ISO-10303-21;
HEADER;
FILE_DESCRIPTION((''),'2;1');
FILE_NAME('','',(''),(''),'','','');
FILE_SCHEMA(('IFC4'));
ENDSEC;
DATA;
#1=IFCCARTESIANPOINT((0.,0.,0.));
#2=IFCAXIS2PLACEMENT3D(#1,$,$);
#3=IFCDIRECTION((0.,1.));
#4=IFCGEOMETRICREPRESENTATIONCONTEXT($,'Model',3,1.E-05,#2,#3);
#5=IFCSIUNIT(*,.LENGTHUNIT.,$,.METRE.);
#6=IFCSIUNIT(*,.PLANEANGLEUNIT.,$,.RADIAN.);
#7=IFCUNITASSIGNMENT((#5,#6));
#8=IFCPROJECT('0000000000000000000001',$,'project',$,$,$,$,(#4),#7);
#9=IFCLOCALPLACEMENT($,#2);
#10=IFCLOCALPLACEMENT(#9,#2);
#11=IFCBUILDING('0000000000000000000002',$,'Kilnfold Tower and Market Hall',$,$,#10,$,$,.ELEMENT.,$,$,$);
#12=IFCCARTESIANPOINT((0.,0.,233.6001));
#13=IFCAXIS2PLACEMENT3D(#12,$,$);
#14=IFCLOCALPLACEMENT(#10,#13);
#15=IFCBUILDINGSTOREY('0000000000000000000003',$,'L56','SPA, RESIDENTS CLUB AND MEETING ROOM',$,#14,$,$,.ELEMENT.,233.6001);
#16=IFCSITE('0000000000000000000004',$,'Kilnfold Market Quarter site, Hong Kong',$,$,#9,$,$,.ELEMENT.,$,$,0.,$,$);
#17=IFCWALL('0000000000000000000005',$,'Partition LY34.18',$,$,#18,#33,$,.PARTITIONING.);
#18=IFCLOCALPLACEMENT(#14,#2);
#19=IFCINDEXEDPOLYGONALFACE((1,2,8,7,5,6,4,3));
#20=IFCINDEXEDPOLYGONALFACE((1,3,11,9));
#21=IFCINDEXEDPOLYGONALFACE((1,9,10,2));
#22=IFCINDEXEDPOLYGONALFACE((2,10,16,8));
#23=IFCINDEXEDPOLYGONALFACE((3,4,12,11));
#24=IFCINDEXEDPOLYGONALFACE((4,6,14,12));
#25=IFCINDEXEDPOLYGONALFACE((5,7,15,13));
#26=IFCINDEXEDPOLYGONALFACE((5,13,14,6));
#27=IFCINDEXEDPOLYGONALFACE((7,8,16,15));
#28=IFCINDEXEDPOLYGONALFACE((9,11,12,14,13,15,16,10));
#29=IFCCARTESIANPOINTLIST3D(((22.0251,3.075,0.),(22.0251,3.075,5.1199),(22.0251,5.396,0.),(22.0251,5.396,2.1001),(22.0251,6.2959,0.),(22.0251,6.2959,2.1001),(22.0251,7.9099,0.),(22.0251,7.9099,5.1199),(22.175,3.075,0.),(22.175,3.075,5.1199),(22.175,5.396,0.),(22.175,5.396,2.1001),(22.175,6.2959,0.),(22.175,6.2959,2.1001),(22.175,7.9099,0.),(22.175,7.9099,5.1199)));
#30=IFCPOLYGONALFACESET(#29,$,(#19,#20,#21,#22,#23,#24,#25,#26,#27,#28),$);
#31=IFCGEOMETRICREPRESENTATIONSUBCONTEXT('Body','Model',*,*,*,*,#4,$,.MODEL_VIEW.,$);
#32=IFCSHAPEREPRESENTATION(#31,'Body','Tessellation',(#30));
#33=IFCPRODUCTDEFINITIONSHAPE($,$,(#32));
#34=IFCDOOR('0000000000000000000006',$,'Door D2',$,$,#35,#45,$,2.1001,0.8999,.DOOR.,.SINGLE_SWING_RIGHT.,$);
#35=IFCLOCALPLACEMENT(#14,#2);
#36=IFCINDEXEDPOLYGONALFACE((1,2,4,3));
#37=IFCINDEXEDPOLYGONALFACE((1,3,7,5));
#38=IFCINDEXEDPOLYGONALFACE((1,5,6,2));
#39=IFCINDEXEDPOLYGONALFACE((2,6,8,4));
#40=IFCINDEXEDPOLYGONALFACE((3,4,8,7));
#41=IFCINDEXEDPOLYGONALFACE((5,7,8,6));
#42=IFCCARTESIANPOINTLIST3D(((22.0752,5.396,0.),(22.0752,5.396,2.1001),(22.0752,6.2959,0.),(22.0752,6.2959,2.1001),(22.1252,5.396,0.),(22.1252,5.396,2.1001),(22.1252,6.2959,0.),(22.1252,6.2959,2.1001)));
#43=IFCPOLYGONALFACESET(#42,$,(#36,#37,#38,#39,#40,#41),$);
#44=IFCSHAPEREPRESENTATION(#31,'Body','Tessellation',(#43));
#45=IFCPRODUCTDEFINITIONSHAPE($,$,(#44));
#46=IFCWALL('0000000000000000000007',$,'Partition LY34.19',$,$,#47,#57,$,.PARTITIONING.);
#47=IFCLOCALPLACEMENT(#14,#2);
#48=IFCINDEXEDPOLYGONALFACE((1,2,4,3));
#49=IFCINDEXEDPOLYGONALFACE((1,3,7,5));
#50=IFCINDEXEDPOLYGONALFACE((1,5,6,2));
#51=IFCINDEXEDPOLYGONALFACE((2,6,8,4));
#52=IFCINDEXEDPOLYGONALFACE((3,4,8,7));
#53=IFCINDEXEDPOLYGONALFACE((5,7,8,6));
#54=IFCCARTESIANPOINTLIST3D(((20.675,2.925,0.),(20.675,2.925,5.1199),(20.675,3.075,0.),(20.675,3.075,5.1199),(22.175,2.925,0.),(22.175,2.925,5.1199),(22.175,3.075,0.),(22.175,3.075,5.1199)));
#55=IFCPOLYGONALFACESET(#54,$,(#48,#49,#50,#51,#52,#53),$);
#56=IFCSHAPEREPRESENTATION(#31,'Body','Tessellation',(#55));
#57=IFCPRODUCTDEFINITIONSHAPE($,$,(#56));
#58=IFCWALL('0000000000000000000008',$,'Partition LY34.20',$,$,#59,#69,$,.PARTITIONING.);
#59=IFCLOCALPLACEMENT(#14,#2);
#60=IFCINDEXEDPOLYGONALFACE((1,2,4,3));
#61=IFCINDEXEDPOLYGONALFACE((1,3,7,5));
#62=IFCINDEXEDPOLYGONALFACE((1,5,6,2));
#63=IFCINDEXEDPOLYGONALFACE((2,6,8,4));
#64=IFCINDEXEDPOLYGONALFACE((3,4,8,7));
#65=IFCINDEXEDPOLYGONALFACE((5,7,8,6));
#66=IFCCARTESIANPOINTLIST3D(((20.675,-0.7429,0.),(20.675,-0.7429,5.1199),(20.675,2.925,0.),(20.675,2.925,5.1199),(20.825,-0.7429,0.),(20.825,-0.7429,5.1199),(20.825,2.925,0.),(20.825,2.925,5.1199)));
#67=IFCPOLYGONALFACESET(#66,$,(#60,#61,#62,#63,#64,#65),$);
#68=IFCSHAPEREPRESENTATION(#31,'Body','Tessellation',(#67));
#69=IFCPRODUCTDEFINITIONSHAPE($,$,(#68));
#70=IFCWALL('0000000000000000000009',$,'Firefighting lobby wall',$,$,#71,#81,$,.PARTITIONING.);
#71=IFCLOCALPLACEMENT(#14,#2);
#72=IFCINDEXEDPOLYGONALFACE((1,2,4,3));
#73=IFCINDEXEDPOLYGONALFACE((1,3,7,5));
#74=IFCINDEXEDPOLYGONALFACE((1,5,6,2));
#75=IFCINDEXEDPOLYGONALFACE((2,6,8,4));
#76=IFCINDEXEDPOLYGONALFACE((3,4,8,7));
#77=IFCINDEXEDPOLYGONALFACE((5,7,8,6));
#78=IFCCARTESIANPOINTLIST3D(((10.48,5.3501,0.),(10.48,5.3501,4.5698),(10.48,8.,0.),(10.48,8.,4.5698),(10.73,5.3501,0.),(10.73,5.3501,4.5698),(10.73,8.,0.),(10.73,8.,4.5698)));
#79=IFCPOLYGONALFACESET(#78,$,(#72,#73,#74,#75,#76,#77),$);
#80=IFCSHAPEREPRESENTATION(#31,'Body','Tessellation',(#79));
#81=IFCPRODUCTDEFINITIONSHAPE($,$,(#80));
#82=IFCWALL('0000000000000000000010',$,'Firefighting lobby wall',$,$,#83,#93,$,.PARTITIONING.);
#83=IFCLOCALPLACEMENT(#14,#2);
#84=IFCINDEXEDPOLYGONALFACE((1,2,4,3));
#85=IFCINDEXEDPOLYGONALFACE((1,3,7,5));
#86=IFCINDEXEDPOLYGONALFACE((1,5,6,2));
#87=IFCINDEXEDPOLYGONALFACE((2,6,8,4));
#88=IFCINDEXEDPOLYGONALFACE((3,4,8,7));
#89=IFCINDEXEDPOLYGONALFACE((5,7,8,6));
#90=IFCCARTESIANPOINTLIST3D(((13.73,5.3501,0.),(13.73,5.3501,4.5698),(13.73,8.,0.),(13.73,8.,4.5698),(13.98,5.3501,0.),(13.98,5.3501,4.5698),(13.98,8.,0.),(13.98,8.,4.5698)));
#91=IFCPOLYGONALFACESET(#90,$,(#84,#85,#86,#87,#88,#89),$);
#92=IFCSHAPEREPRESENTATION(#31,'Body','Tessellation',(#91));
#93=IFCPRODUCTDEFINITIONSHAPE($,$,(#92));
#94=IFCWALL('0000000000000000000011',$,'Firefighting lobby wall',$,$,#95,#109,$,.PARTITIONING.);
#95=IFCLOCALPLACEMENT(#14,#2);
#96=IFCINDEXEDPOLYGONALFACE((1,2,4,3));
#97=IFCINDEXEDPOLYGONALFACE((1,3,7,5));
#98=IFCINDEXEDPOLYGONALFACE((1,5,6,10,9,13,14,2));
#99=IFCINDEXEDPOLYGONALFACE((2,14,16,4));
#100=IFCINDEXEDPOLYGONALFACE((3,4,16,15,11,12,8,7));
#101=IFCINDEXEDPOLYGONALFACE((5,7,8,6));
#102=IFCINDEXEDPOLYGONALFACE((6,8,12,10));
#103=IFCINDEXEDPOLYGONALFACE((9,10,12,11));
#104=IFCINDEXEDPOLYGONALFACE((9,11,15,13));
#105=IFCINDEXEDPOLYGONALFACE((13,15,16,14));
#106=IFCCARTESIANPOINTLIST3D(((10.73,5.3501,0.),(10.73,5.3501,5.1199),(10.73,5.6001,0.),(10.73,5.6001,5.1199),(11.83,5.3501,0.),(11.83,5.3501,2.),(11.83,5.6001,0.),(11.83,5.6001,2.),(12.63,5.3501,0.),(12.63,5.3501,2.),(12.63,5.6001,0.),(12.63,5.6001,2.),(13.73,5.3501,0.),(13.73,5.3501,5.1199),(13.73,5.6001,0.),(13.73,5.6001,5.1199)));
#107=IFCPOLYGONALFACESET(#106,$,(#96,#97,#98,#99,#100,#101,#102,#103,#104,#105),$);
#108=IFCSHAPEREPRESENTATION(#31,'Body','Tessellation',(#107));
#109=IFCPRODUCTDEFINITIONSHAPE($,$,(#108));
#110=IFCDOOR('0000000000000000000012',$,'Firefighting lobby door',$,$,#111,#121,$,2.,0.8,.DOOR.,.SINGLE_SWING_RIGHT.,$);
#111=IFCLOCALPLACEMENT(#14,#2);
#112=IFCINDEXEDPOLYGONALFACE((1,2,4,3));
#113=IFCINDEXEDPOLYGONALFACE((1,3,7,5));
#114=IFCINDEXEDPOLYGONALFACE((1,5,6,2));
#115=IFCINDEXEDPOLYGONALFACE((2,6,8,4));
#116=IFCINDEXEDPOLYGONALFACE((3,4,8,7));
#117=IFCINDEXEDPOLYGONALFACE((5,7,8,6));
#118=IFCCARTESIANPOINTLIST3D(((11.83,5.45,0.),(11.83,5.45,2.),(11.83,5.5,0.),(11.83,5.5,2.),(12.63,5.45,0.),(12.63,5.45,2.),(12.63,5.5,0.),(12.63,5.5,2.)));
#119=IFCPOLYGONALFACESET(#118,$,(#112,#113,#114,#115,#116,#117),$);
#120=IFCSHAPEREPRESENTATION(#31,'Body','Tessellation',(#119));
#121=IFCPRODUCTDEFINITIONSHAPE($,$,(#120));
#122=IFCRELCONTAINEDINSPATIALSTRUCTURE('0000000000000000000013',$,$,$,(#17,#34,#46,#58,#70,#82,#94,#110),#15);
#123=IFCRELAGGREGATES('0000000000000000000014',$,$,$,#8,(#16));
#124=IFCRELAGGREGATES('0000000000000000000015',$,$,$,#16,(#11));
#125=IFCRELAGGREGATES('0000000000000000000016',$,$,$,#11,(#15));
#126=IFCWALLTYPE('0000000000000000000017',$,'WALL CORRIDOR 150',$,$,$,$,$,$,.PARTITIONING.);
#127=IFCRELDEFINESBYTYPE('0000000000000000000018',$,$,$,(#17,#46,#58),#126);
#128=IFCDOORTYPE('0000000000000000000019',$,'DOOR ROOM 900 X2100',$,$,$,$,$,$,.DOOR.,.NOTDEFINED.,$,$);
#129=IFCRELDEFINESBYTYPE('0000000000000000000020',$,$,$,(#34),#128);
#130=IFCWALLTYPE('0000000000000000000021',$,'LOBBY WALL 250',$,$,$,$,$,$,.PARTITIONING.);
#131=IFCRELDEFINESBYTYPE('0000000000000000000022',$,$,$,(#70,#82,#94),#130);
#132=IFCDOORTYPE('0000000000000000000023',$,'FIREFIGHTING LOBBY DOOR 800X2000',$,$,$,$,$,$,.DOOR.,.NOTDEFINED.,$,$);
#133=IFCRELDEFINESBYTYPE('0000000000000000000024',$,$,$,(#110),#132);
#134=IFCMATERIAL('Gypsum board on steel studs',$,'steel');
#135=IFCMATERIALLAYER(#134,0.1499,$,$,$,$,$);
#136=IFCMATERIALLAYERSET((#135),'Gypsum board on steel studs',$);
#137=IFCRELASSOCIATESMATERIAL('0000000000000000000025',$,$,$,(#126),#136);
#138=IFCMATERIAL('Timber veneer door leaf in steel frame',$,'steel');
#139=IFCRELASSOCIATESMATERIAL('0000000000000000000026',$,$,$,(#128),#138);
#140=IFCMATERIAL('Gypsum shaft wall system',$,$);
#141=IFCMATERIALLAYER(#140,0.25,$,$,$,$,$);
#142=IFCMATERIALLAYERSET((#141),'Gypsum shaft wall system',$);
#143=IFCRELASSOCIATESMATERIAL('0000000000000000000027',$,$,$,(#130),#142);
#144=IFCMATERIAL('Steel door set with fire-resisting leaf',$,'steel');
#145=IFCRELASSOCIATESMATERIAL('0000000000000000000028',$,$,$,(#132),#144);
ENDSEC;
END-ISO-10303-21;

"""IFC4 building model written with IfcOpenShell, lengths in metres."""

from ifc_helpers import new_model, si_unit, direction, frame, frame_2d, origin, place, context, subcontext, project, spatial, rectangle, extrude, source, transform, mapped, material, layer, layer_set, type_object, element, fill, save


model = new_model("IFC4")

# Units and contexts
model_context = context("Model", 3, precision=1e-05, world=origin(), true_north=direction((0.0, 1.0)))
body_context = subcontext(model_context, "Body", "Model", "MODEL_VIEW")
ifc_project = project(units=[si_unit("LENGTHUNIT", "METRE"), si_unit("PLANEANGLEUNIT", "RADIAN")], contexts=[model_context])

# Site, building, storey
site_placement = place(None, origin())
site = spatial("IfcSite", under=ifc_project, at=site_placement, Name="Kilnfold Market Quarter site, Hong Kong", CompositionType="ELEMENT", RefElevation=0.0)
building_placement = place(site_placement, origin())
building = spatial("IfcBuilding", under=site, at=building_placement, Name="Kilnfold Tower and Market Hall", CompositionType="ELEMENT")
storey_placement = place(building_placement, frame((0.0, 0.0, 233.6001)))
storey = spatial("IfcBuildingStorey", under=building, at=storey_placement, Name="L56", Description="SPA, RESIDENTS CLUB AND MEETING ROOM", CompositionType="ELEMENT", Elevation=233.6001)

# Shared definitions
ifc_material_1 = material(Name="Gypsum board on steel studs", Category="steel")
ifc_layer_1 = layer(ifc_material_1, 0.1499)
ifc_layer_set_1 = layer_set([ifc_layer_1], Name="Gypsum board on steel studs")
wall_type_1 = type_object("IfcWallType", Name="WALL CORRIDOR 150", PredefinedType="PARTITIONING", material=ifc_layer_set_1)

# Wall, opening, door
wall_1_placement = place(storey_placement, frame((22.1001, 3.075, 0.0), z_axis=(0.0, 0.0, 1.0), x_axis=(0.0, 1.0, 0.0)))
wall_1 = element("IfcWall", 1, at=wall_1_placement, inside=storey, type_object=wall_type_1, Name="Partition LY34.18", PredefinedType="PARTITIONING", context=body_context, shape_type="SweptSolid", body=[
    extrude(rectangle(XDim=4.835, YDim=0.1499, at=frame_2d((2.4175, 0.0))), origin(), (0.0, 0.0, 1.0), 5.1199),
])
opening_1_placement = place(wall_1_placement, frame((2.321, 0.0, 0.0)))
opening_1 = element("IfcOpeningElement", 2, at=opening_1_placement, cuts=wall_1, PredefinedType="OPENING", context=body_context, shape_type="SweptSolid", body=[
    extrude(rectangle(XDim=0.8999, YDim=2.1001, at=frame_2d((0.45, 1.05))), frame((0.0, 0.085, 0.0), z_axis=(0.0, -1.0, 0.0), x_axis=(1.0, 0.0, 0.0)), (0.0, 0.0, 1.0), 0.1699),
])
ifc_material_2 = material(Name="Timber veneer door leaf in steel frame", Category="steel")
door_type_1 = type_object("IfcDoorType", Name="DOOR ROOM 900 X2100", OperationType="NOTDEFINED", PredefinedType="DOOR", material=ifc_material_2)
door_1_placement = place(opening_1_placement, origin())
door_1 = element("IfcDoor", 3, at=door_1_placement, inside=storey, type_object=door_type_1, Name="Door D2", OperationType="SINGLE_SWING_RIGHT", OverallHeight=2.1001, OverallWidth=0.8999, PredefinedType="DOOR", context=body_context, shape_type="SweptSolid", body=[
    extrude(rectangle(XDim=0.8999, YDim=2.1001, at=frame_2d((0.45, 1.05))), frame((0.0, 0.0249, 0.0), z_axis=(0.0, -1.0, 0.0), x_axis=(1.0, 0.0, 0.0)), (0.0, 0.0, 1.0), 0.05),
])
fill(opening_1, door_1)

# Walls
wall_2_placement = place(storey_placement, frame((20.675, 3.0, 0.0), z_axis=(0.0, 0.0, 1.0), x_axis=(1.0, 0.0, 0.0)))
element("IfcWall", 4, at=wall_2_placement, inside=storey, type_object=wall_type_1, Name="Partition LY34.19", PredefinedType="PARTITIONING", context=body_context, shape_type="SweptSolid", body=[
    extrude(rectangle(XDim=1.5, YDim=0.1499, at=frame_2d((0.75, 0.0))), origin(), (0.0, 0.0, 1.0), 5.1199),
])
wall_3_placement = place(storey_placement, frame((20.75, -0.7429, 0.0), z_axis=(0.0, 0.0, 1.0), x_axis=(0.0, 1.0, 0.0)))
element("IfcWall", 5, at=wall_3_placement, inside=storey, type_object=wall_type_1, Name="Partition LY34.20", PredefinedType="PARTITIONING", context=body_context, shape_type="SweptSolid", body=[
    extrude(rectangle(XDim=3.668, YDim=0.1499, at=frame_2d((1.834, 0.0))), origin(), (0.0, 0.0, 1.0), 5.1199),
])
ifc_material_3 = material(Name="Gypsum shaft wall system")
ifc_layer_2 = layer(ifc_material_3, 0.25)
ifc_layer_set_2 = layer_set([ifc_layer_2], Name="Gypsum shaft wall system")
wall_type_2 = type_object("IfcWallType", Name="LOBBY WALL 250", PredefinedType="PARTITIONING", material=ifc_layer_set_2)
shared_shape_1 = source(origin(), body_context, "Body", "SweptSolid", [
    extrude(rectangle(XDim=2.6499, YDim=0.25, at=frame_2d((1.325, 0.0))), origin(), (0.0, 0.0, 1.0), 4.5698),
])
for number, where, z_axis, x_axis, name in (
    (6, (10.605, 5.3501, 0.0), (0.0, 0.0, 1.0), (0.0, 1.0, 0.0), "Firefighting lobby wall"),
    (7, (13.855, 5.3501, 0.0), (0.0, 0.0, 1.0), (0.0, 1.0, 0.0), "Firefighting lobby wall"),
):
    element("IfcWall", number, at=place(storey_placement, frame(where, z_axis=z_axis, x_axis=x_axis)), inside=storey, type_object=wall_type_2, Name=name, PredefinedType="PARTITIONING", context=body_context, shape_type="MappedRepresentation", body=[
        mapped(shared_shape_1, transform((0.0, 0.0, 0.0))),
    ])

# Wall, opening, door
shared_shape_2 = source(origin(), body_context, "Body", "SweptSolid", [
    extrude(rectangle(XDim=3.0, YDim=0.25, at=frame_2d((1.5, 0.0))), origin(), (0.0, 0.0, 1.0), 5.1199),
])
wall_4_placement = place(storey_placement, frame((10.73, 5.4751, 0.0), z_axis=(0.0, 0.0, 1.0), x_axis=(1.0, 0.0, 0.0)))
wall_4 = element("IfcWall", 8, at=wall_4_placement, inside=storey, type_object=wall_type_2, Name="Firefighting lobby wall", PredefinedType="PARTITIONING", context=body_context, shape_type="MappedRepresentation", body=[
    mapped(shared_shape_2, transform((0.0, 0.0, 0.0))),
])
opening_2_placement = place(wall_4_placement, frame((1.1001, 0.0, 0.0)))
opening_2 = element("IfcOpeningElement", 9, at=opening_2_placement, cuts=wall_4, PredefinedType="OPENING", context=body_context, shape_type="SweptSolid", body=[
    extrude(rectangle(XDim=0.8, YDim=2.0, at=frame_2d((0.3999, 1.0))), frame((0.0, 0.135, 0.0), z_axis=(0.0, -1.0, 0.0), x_axis=(1.0, 0.0, 0.0)), (0.0, 0.0, 1.0), 0.27),
])
ifc_material_4 = material(Name="Steel door set with fire-resisting leaf", Category="steel")
door_type_2 = type_object("IfcDoorType", Name="FIREFIGHTING LOBBY DOOR 800X2000", OperationType="NOTDEFINED", PredefinedType="DOOR", material=ifc_material_4)
door_2_placement = place(opening_2_placement, origin())
door_2 = element("IfcDoor", 10, at=door_2_placement, inside=storey, type_object=door_type_2, Name="Firefighting lobby door", OperationType="SINGLE_SWING_RIGHT", OverallHeight=2.0, OverallWidth=0.8, PredefinedType="DOOR", context=body_context, shape_type="SweptSolid", body=[
    extrude(rectangle(XDim=0.8, YDim=2.0, at=frame_2d((0.3999, 1.0))), frame((0.0, 0.0249, 0.0), z_axis=(0.0, -1.0, 0.0), x_axis=(1.0, 0.0, 0.0)), (0.0, 0.0, 1.0), 0.05),
])
fill(opening_2, door_2)

save(model, "model.ifc")
